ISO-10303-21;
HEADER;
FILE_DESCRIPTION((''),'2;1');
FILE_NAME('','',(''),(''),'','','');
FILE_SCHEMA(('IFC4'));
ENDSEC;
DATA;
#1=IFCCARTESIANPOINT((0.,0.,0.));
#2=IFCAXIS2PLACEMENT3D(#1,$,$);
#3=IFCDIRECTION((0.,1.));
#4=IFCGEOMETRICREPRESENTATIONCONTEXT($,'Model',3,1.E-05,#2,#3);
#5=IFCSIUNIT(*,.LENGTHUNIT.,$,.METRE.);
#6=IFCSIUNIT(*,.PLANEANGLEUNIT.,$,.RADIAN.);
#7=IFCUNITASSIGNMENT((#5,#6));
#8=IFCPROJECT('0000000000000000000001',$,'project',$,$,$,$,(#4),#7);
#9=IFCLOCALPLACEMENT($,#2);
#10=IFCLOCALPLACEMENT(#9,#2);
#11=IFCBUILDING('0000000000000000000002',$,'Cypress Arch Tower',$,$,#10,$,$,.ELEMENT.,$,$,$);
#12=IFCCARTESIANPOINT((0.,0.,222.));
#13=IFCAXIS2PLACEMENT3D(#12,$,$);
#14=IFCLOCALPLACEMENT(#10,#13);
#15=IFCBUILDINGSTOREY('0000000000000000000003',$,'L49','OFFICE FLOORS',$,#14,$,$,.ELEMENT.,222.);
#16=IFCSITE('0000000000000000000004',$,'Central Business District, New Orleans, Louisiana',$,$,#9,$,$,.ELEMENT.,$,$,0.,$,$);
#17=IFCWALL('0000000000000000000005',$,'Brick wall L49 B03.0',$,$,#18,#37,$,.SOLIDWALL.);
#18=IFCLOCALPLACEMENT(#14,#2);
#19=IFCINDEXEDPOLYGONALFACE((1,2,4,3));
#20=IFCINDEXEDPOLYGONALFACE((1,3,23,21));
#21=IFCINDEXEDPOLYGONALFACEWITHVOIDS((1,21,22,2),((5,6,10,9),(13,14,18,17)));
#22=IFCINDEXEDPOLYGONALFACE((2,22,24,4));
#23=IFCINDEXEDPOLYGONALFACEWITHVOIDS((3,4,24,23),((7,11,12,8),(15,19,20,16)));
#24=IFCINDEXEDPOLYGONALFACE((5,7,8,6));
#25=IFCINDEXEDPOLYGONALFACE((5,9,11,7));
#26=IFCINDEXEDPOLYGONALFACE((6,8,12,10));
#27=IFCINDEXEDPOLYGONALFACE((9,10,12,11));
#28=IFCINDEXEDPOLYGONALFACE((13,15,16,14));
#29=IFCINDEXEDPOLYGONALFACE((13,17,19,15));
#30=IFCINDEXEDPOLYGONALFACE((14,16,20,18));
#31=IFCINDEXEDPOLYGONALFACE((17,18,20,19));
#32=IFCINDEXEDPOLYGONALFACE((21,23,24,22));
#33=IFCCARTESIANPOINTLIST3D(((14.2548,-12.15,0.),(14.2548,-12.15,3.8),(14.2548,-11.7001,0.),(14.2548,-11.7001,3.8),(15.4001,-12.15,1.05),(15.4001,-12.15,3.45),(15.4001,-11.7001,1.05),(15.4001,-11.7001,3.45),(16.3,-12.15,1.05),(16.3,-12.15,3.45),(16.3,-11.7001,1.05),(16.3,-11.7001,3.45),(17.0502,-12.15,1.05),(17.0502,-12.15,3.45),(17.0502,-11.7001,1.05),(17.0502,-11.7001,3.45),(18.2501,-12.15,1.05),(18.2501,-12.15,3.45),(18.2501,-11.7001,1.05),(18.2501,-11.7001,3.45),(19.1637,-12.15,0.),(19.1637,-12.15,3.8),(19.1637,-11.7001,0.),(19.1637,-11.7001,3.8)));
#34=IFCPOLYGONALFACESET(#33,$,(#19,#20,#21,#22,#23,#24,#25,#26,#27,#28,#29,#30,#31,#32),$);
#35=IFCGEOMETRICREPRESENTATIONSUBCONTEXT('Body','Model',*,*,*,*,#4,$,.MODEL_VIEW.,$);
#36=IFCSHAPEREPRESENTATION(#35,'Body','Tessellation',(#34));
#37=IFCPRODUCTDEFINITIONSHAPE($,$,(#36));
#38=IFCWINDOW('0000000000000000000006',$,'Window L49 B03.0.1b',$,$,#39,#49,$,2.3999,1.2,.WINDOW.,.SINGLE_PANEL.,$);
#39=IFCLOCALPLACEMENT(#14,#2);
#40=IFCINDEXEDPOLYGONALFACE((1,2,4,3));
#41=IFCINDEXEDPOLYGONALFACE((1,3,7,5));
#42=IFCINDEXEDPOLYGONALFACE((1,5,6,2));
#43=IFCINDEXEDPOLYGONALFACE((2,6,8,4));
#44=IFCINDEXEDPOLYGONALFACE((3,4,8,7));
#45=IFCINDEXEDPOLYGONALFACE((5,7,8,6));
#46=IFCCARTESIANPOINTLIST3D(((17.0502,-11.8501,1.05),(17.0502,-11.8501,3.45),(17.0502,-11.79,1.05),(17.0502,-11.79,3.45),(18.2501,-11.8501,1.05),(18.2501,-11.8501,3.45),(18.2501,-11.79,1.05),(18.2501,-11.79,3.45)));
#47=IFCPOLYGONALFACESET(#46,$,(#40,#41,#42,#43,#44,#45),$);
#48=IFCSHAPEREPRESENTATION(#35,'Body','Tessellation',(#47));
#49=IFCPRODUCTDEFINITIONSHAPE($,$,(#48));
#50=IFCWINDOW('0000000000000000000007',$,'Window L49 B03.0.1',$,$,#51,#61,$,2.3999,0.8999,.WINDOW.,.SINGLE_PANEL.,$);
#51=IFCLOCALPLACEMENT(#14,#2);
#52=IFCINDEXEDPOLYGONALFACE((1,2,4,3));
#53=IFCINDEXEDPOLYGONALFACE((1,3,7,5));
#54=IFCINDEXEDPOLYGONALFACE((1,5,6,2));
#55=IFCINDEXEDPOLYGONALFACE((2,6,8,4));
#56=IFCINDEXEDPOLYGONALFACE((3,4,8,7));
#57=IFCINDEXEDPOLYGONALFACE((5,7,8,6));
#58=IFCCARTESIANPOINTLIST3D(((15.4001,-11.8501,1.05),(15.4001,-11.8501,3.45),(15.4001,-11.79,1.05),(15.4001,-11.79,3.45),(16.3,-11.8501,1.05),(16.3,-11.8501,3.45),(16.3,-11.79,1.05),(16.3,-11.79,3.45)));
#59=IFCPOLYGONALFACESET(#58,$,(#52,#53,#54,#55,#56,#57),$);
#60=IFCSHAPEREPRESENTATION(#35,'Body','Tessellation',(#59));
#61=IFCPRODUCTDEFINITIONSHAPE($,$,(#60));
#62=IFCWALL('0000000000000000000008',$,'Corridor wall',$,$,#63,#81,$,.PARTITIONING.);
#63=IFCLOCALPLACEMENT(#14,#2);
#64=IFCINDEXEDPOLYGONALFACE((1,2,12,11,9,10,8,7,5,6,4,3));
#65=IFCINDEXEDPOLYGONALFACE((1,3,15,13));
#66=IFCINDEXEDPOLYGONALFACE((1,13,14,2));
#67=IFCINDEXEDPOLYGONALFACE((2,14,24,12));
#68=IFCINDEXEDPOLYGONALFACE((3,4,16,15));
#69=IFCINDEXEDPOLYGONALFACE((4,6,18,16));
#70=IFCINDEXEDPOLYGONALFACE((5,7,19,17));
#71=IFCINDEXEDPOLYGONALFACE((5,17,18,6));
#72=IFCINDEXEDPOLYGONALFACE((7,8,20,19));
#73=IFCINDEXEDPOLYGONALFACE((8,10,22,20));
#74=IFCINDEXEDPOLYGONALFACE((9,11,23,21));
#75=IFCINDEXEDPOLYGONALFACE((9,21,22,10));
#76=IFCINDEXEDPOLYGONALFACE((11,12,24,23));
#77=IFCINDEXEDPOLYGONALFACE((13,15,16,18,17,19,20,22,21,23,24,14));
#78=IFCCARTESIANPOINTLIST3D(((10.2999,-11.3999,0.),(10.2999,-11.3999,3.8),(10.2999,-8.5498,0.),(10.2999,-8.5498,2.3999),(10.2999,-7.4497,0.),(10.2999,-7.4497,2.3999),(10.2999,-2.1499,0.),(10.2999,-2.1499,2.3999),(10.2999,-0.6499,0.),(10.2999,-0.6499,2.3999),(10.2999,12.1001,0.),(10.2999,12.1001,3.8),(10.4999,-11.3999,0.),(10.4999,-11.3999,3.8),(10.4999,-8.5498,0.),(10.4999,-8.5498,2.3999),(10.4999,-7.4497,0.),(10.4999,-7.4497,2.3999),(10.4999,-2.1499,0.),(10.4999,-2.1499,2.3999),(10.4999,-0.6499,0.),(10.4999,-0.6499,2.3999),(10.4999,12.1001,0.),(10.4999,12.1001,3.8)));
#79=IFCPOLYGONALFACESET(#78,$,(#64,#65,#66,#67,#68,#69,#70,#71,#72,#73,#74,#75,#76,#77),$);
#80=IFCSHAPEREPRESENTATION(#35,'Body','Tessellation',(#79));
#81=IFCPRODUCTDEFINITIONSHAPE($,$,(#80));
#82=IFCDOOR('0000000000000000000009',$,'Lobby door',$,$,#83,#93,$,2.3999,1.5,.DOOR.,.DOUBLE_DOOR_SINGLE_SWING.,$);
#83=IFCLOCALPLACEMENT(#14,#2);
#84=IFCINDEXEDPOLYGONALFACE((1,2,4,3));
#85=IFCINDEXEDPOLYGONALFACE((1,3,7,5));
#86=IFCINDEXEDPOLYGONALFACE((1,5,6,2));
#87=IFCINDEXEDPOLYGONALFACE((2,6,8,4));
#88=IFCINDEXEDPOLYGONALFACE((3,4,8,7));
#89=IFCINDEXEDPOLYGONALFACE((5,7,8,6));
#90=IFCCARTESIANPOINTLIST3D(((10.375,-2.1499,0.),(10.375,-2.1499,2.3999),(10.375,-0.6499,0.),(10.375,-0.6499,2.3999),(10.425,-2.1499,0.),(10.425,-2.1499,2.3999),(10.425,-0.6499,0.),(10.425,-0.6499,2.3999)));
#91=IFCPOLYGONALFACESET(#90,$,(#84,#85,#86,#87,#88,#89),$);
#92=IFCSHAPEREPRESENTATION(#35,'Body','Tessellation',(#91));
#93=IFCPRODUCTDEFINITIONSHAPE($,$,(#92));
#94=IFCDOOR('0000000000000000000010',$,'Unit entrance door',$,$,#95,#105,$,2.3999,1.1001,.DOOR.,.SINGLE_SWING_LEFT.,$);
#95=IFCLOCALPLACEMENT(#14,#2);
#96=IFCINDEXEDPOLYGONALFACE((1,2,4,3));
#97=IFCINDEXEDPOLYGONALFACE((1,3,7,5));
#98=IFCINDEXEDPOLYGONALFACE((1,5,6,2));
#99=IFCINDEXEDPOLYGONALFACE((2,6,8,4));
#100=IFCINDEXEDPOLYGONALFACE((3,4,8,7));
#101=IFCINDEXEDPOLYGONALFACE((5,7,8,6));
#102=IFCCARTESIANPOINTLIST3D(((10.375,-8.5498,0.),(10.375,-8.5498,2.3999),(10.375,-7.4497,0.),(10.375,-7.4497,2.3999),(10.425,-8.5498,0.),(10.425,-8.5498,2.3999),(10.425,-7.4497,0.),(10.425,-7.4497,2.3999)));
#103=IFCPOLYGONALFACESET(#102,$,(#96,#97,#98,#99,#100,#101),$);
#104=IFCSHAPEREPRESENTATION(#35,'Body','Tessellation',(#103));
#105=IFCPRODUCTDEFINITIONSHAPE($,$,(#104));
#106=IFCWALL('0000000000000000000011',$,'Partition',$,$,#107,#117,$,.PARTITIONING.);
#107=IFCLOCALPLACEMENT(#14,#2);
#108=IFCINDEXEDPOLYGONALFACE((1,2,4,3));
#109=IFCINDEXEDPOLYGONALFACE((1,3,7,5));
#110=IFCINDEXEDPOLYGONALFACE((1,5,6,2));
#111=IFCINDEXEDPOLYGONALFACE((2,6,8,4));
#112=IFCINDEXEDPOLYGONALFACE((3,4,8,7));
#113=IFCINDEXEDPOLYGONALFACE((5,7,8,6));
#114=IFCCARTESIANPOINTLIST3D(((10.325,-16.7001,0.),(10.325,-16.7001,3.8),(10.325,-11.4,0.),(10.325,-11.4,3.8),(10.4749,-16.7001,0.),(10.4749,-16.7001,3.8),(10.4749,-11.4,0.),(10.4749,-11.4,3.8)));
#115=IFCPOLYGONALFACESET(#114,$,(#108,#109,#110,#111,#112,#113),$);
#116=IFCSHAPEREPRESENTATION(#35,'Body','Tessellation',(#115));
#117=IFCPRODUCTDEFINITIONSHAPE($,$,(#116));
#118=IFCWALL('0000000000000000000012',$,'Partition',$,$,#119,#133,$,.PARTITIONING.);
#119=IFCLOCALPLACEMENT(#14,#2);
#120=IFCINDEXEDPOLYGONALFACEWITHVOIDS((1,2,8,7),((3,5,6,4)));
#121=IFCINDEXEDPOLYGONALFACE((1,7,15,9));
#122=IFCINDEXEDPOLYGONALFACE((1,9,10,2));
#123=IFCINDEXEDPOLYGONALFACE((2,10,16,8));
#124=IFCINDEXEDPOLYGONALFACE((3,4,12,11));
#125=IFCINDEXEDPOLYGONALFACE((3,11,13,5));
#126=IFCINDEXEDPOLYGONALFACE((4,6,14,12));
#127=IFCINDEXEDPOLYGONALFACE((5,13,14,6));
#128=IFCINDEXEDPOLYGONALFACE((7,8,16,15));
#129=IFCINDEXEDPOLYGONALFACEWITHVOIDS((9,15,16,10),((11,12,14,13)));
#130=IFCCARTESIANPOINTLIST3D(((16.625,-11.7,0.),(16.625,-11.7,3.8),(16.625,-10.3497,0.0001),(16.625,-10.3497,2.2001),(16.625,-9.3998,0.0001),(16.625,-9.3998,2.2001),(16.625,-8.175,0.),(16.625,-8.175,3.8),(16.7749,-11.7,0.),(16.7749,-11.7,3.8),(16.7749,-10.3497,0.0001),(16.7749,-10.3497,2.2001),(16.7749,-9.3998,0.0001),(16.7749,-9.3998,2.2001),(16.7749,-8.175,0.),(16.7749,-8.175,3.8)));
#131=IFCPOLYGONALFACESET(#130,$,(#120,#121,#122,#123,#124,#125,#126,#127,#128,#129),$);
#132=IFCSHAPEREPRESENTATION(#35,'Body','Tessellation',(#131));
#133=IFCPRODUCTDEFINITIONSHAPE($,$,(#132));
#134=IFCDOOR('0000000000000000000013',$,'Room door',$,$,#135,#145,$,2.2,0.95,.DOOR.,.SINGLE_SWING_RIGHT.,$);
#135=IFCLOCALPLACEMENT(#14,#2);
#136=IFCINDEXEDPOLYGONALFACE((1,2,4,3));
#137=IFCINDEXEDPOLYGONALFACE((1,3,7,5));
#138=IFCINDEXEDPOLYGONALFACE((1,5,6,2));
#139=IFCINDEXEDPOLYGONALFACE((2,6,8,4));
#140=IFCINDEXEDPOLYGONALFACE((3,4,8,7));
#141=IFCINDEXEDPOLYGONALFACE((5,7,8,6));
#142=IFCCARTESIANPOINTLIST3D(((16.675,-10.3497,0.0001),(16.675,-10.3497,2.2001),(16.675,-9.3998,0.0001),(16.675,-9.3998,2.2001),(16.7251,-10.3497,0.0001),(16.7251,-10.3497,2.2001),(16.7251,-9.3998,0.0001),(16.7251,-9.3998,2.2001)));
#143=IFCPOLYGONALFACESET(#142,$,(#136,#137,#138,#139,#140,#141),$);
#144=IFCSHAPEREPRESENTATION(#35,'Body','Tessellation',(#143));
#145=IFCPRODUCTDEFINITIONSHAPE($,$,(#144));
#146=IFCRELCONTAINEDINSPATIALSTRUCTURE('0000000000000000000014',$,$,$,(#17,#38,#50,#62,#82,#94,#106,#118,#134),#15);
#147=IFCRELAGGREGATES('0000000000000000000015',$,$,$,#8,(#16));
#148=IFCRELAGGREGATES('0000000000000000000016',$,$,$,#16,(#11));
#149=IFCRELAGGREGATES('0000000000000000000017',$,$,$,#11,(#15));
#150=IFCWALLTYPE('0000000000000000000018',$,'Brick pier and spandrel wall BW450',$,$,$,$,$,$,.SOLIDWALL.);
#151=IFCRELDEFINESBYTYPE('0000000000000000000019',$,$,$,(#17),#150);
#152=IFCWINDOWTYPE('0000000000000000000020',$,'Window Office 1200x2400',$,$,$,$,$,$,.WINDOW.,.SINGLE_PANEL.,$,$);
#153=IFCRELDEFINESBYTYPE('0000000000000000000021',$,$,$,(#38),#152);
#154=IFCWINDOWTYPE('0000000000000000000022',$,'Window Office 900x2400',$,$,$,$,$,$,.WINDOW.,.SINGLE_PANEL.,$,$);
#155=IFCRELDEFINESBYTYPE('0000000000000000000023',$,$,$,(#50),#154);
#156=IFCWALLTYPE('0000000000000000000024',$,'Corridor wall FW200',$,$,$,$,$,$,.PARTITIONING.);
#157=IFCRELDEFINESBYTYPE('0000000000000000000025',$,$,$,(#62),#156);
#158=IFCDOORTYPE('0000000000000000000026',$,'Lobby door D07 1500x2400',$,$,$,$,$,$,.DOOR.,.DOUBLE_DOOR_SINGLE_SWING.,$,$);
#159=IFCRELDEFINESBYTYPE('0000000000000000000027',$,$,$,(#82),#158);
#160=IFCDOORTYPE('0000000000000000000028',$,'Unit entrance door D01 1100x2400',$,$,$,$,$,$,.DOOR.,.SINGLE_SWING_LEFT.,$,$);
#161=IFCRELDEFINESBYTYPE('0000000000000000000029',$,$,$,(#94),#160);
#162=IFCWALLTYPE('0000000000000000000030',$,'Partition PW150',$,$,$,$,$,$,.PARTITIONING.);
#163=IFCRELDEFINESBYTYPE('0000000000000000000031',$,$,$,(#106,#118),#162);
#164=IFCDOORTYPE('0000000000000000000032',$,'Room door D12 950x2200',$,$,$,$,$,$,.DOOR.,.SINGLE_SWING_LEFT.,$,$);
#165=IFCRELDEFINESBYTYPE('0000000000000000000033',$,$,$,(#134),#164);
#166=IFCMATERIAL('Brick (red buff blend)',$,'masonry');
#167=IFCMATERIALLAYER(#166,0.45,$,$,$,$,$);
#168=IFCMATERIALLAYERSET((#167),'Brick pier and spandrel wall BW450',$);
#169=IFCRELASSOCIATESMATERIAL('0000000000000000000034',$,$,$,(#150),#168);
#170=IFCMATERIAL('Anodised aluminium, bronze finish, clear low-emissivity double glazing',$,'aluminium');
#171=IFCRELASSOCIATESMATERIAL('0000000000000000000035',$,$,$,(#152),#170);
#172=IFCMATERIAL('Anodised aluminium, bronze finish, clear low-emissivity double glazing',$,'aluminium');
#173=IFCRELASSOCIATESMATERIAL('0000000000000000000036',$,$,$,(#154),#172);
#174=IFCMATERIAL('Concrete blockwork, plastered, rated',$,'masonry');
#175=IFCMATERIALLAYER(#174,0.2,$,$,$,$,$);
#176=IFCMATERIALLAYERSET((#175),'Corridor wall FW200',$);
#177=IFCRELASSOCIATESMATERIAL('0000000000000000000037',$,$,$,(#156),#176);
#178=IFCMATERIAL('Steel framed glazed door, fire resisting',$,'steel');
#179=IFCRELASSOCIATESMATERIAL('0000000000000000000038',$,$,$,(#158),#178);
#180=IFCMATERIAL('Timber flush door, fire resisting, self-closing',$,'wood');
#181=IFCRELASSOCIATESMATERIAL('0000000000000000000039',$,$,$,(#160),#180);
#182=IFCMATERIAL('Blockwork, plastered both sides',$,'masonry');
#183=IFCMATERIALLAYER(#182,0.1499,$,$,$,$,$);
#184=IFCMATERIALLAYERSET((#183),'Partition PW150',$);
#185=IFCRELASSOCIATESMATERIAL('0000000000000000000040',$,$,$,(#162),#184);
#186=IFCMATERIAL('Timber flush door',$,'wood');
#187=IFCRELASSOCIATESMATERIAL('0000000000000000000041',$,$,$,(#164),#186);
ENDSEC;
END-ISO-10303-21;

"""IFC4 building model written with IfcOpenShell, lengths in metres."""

from ifc_helpers import new_model, si_unit, direction, frame, frame_2d, origin, place, context, subcontext, project, spatial, rectangle, extrude, material, layer, layer_set, type_object, element, fill, save


model = new_model("IFC4")

# Units and contexts
model_context = context("Model", 3, precision=1e-05, world=origin(), true_north=direction((0.0, 1.0)))
body_context = subcontext(model_context, "Body", "Model", "MODEL_VIEW")
ifc_project = project(units=[si_unit("LENGTHUNIT", "METRE"), si_unit("PLANEANGLEUNIT", "RADIAN")], contexts=[model_context])

# Site, building, storey
site_placement = place(None, origin())
site = spatial("IfcSite", under=ifc_project, at=site_placement, Name="Central Business District, New Orleans, Louisiana", CompositionType="ELEMENT", RefElevation=0.0)
building_placement = place(site_placement, origin())
building = spatial("IfcBuilding", under=site, at=building_placement, Name="Cypress Arch Tower", CompositionType="ELEMENT")
storey_placement = place(building_placement, frame((0.0, 0.0, 222.0)))
storey = spatial("IfcBuildingStorey", under=building, at=storey_placement, Name="L49", Description="OFFICE FLOORS", CompositionType="ELEMENT", Elevation=222.0)

# Shared definitions
ifc_material_1 = material(Name="Brick (red buff blend)", Category="masonry")
ifc_layer_1 = layer(ifc_material_1, 0.45)
ifc_layer_set_1 = layer_set([ifc_layer_1], Name="Brick pier and spandrel wall BW450")
wall_type_1 = type_object("IfcWallType", Name="Brick pier and spandrel wall BW450", PredefinedType="SOLIDWALL", material=ifc_layer_set_1)

# Wall, openings, windows
wall_1_placement = place(storey_placement, frame((14.2546, -11.925, 0.0), z_axis=(0.0, 0.0, 1.0), x_axis=(1.0, 0.0, 0.0)))
wall_1 = element("IfcWall", 1, at=wall_1_placement, inside=storey, type_object=wall_type_1, Name="Brick wall L49 B03.0", PredefinedType="SOLIDWALL", context=body_context, shape_type="SweptSolid", body=[
    extrude(rectangle(XDim=4.9089, YDim=0.45, at=frame_2d((2.4546, 0.0))), origin(), (0.0, 0.0, 1.0), 3.8),
])
opening_1_placement = place(wall_1_placement, frame((1.1455, 0.0, 1.05)))
opening_1 = element("IfcOpeningElement", 2, at=opening_1_placement, cuts=wall_1, PredefinedType="OPENING", context=body_context, shape_type="SweptSolid", body=[
    extrude(rectangle(XDim=0.8999, YDim=2.3999, at=frame_2d((0.45, 1.2))), frame((0.0, 0.2349, 0.0), z_axis=(0.0, -1.0, 0.0), x_axis=(1.0, 0.0, 0.0)), (0.0, 0.0, 1.0), 0.47),
])
opening_2_placement = place(wall_1_placement, frame((2.7954, 0.0, 1.05)))
opening_2 = element("IfcOpeningElement", 3, at=opening_2_placement, cuts=wall_1, PredefinedType="OPENING", context=body_context, shape_type="SweptSolid", body=[
    extrude(rectangle(XDim=1.2, YDim=2.3999, at=frame_2d((0.6001, 1.2))), frame((0.0, 0.2349, 0.0), z_axis=(0.0, -1.0, 0.0), x_axis=(1.0, 0.0, 0.0)), (0.0, 0.0, 1.0), 0.47),
])
ifc_material_2 = material(Name="Anodised aluminium, bronze finish, clear low-emissivity double glazing", Category="aluminium")
window_type_1 = type_object("IfcWindowType", Name="Window Office 1200x2400", PartitioningType="SINGLE_PANEL", PredefinedType="WINDOW", material=ifc_material_2)
window_1_placement = place(opening_2_placement, origin())
window_1 = element("IfcWindow", 4, at=window_1_placement, inside=storey, type_object=window_type_1, Name="Window L49 B03.0.1b", OverallHeight=2.3999, OverallWidth=1.2, PartitioningType="SINGLE_PANEL", PredefinedType="WINDOW", context=body_context, shape_type="SweptSolid", body=[
    extrude(rectangle(XDim=1.2, YDim=2.3999, at=frame_2d((0.6001, 1.2))), frame((0.0, 0.135, 0.0), z_axis=(0.0, -1.0, 0.0), x_axis=(1.0, 0.0, 0.0)), (0.0, 0.0, 1.0), 0.0601),
])
fill(opening_2, window_1)
ifc_material_3 = material(Name="Anodised aluminium, bronze finish, clear low-emissivity double glazing", Category="aluminium")
window_type_2 = type_object("IfcWindowType", Name="Window Office 900x2400", PartitioningType="SINGLE_PANEL", PredefinedType="WINDOW", material=ifc_material_3)
window_2_placement = place(opening_1_placement, origin())
window_2 = element("IfcWindow", 5, at=window_2_placement, inside=storey, type_object=window_type_2, Name="Window L49 B03.0.1", OverallHeight=2.3999, OverallWidth=0.8999, PartitioningType="SINGLE_PANEL", PredefinedType="WINDOW", context=body_context, shape_type="SweptSolid", body=[
    extrude(rectangle(XDim=0.8999, YDim=2.3999, at=frame_2d((0.45, 1.2))), frame((0.0, 0.135, 0.0), z_axis=(0.0, -1.0, 0.0), x_axis=(1.0, 0.0, 0.0)), (0.0, 0.0, 1.0), 0.0601),
])
fill(opening_1, window_2)

# Wall, openings, doors
ifc_material_4 = material(Name="Concrete blockwork, plastered, rated", Category="masonry")
ifc_layer_2 = layer(ifc_material_4, 0.2)
ifc_layer_set_2 = layer_set([ifc_layer_2], Name="Corridor wall FW200")
wall_type_2 = type_object("IfcWallType", Name="Corridor wall FW200", PredefinedType="PARTITIONING", material=ifc_layer_set_2)
wall_2_placement = place(storey_placement, frame((10.3999, -11.3999, 0.0), z_axis=(0.0, 0.0, 1.0), x_axis=(0.0, 1.0, 0.0)))
wall_2 = element("IfcWall", 6, at=wall_2_placement, inside=storey, type_object=wall_type_2, Name="Corridor wall", PredefinedType="PARTITIONING", context=body_context, shape_type="SweptSolid", body=[
    extrude(rectangle(XDim=23.5, YDim=0.2, at=frame_2d((11.75, 0.0))), origin(), (0.0, 0.0, 1.0), 3.8),
])
opening_3_placement = place(wall_2_placement, frame((9.25, 0.0, 0.0)))
opening_3 = element("IfcOpeningElement", 7, at=opening_3_placement, cuts=wall_2, PredefinedType="OPENING", context=body_context, shape_type="SweptSolid", body=[
    extrude(rectangle(XDim=1.5, YDim=2.3999, at=frame_2d((0.75, 1.2))), frame((0.0, 0.1099, 0.0), z_axis=(0.0, -1.0, 0.0), x_axis=(1.0, 0.0, 0.0)), (0.0, 0.0, 1.0), 0.22),
])
opening_4_placement = place(wall_2_placement, frame((2.8501, 0.0, 0.0)))
opening_4 = element("IfcOpeningElement", 8, at=opening_4_placement, cuts=wall_2, PredefinedType="OPENING", context=body_context, shape_type="SweptSolid", body=[
    extrude(rectangle(XDim=1.1001, YDim=2.3999, at=frame_2d((0.55, 1.2))), frame((0.0, 0.1099, 0.0), z_axis=(0.0, -1.0, 0.0), x_axis=(1.0, 0.0, 0.0)), (0.0, 0.0, 1.0), 0.22),
])
ifc_material_5 = material(Name="Steel framed glazed door, fire resisting", Category="steel")
door_type_1 = type_object("IfcDoorType", Name="Lobby door D07 1500x2400", OperationType="DOUBLE_DOOR_SINGLE_SWING", PredefinedType="DOOR", material=ifc_material_5)
door_1_placement = place(opening_3_placement, origin())
door_1 = element("IfcDoor", 9, at=door_1_placement, inside=storey, type_object=door_type_1, Name="Lobby door", OperationType="DOUBLE_DOOR_SINGLE_SWING", OverallHeight=2.3999, OverallWidth=1.5, PredefinedType="DOOR", context=body_context, shape_type="SweptSolid", body=[
    extrude(rectangle(XDim=1.5, YDim=2.3999, at=frame_2d((0.75, 1.2))), frame((0.0, 0.0249, 0.0), z_axis=(0.0, -1.0, 0.0), x_axis=(1.0, 0.0, 0.0)), (0.0, 0.0, 1.0), 0.05),
])
fill(opening_3, door_1)
ifc_material_6 = material(Name="Timber flush door, fire resisting, self-closing", Category="wood")
door_type_2 = type_object("IfcDoorType", Name="Unit entrance door D01 1100x2400", OperationType="SINGLE_SWING_LEFT", PredefinedType="DOOR", material=ifc_material_6)
door_2_placement = place(opening_4_placement, origin())
door_2 = element("IfcDoor", 10, at=door_2_placement, inside=storey, type_object=door_type_2, Name="Unit entrance door", OperationType="SINGLE_SWING_LEFT", OverallHeight=2.3999, OverallWidth=1.1001, PredefinedType="DOOR", context=body_context, shape_type="SweptSolid", body=[
    extrude(rectangle(XDim=1.1001, YDim=2.3999, at=frame_2d((0.55, 1.2))), frame((0.0, 0.0249, 0.0), z_axis=(0.0, -1.0, 0.0), x_axis=(1.0, 0.0, 0.0)), (0.0, 0.0, 1.0), 0.05),
])
fill(opening_4, door_2)

# Wall
ifc_material_7 = material(Name="Blockwork, plastered both sides", Category="masonry")
ifc_layer_3 = layer(ifc_material_7, 0.1499)
ifc_layer_set_3 = layer_set([ifc_layer_3], Name="Partition PW150")
wall_type_3 = type_object("IfcWallType", Name="Partition PW150", PredefinedType="PARTITIONING", material=ifc_layer_set_3)
wall_3_placement = place(storey_placement, frame((10.3999, -16.7, 0.0), z_axis=(0.0, 0.0, 1.0), x_axis=(0.0, 1.0, 0.0)))
element("IfcWall", 11, at=wall_3_placement, inside=storey, type_object=wall_type_3, Name="Partition", PredefinedType="PARTITIONING", context=body_context, shape_type="SweptSolid", body=[
    extrude(rectangle(XDim=5.3, YDim=0.1499, at=frame_2d((2.6499, 0.0))), origin(), (0.0, 0.0, 1.0), 3.8),
])

# Wall, opening, door
wall_4_placement = place(storey_placement, frame((16.7, -11.7, 0.0), z_axis=(0.0, 0.0, 1.0), x_axis=(0.0, 1.0, 0.0)))
wall_4 = element("IfcWall", 12, at=wall_4_placement, inside=storey, type_object=wall_type_3, Name="Partition", PredefinedType="PARTITIONING", context=body_context, shape_type="SweptSolid", body=[
    extrude(rectangle(XDim=3.5249, YDim=0.1499, at=frame_2d((1.7625, 0.0))), origin(), (0.0, 0.0, 1.0), 3.8),
])
opening_5_placement = place(wall_4_placement, frame((1.3501, 0.0, 0.0)))
opening_5 = element("IfcOpeningElement", 13, at=opening_5_placement, cuts=wall_4, PredefinedType="OPENING", context=body_context, shape_type="SweptSolid", body=[
    extrude(rectangle(XDim=0.95, YDim=2.2, at=frame_2d((0.4751, 1.1001))), frame((0.0, 0.085, 0.0), z_axis=(0.0, -1.0, 0.0), x_axis=(1.0, 0.0, 0.0)), (0.0, 0.0, 1.0), 0.1699),
])
ifc_material_8 = material(Name="Timber flush door", Category="wood")
door_type_3 = type_object("IfcDoorType", Name="Room door D12 950x2200", OperationType="SINGLE_SWING_LEFT", PredefinedType="DOOR", material=ifc_material_8)
door_3_placement = place(opening_5_placement, origin())
door_3 = element("IfcDoor", 14, at=door_3_placement, inside=storey, type_object=door_type_3, Name="Room door", OperationType="SINGLE_SWING_RIGHT", OverallHeight=2.2, OverallWidth=0.95, PredefinedType="DOOR", context=body_context, shape_type="SweptSolid", body=[
    extrude(rectangle(XDim=0.95, YDim=2.2, at=frame_2d((0.4751, 1.1001))), frame((0.0, 0.0249, 0.0), z_axis=(0.0, -1.0, 0.0), x_axis=(1.0, 0.0, 0.0)), (0.0, 0.0, 1.0), 0.05),
])
fill(opening_5, door_3)

save(model, "model.ifc")
